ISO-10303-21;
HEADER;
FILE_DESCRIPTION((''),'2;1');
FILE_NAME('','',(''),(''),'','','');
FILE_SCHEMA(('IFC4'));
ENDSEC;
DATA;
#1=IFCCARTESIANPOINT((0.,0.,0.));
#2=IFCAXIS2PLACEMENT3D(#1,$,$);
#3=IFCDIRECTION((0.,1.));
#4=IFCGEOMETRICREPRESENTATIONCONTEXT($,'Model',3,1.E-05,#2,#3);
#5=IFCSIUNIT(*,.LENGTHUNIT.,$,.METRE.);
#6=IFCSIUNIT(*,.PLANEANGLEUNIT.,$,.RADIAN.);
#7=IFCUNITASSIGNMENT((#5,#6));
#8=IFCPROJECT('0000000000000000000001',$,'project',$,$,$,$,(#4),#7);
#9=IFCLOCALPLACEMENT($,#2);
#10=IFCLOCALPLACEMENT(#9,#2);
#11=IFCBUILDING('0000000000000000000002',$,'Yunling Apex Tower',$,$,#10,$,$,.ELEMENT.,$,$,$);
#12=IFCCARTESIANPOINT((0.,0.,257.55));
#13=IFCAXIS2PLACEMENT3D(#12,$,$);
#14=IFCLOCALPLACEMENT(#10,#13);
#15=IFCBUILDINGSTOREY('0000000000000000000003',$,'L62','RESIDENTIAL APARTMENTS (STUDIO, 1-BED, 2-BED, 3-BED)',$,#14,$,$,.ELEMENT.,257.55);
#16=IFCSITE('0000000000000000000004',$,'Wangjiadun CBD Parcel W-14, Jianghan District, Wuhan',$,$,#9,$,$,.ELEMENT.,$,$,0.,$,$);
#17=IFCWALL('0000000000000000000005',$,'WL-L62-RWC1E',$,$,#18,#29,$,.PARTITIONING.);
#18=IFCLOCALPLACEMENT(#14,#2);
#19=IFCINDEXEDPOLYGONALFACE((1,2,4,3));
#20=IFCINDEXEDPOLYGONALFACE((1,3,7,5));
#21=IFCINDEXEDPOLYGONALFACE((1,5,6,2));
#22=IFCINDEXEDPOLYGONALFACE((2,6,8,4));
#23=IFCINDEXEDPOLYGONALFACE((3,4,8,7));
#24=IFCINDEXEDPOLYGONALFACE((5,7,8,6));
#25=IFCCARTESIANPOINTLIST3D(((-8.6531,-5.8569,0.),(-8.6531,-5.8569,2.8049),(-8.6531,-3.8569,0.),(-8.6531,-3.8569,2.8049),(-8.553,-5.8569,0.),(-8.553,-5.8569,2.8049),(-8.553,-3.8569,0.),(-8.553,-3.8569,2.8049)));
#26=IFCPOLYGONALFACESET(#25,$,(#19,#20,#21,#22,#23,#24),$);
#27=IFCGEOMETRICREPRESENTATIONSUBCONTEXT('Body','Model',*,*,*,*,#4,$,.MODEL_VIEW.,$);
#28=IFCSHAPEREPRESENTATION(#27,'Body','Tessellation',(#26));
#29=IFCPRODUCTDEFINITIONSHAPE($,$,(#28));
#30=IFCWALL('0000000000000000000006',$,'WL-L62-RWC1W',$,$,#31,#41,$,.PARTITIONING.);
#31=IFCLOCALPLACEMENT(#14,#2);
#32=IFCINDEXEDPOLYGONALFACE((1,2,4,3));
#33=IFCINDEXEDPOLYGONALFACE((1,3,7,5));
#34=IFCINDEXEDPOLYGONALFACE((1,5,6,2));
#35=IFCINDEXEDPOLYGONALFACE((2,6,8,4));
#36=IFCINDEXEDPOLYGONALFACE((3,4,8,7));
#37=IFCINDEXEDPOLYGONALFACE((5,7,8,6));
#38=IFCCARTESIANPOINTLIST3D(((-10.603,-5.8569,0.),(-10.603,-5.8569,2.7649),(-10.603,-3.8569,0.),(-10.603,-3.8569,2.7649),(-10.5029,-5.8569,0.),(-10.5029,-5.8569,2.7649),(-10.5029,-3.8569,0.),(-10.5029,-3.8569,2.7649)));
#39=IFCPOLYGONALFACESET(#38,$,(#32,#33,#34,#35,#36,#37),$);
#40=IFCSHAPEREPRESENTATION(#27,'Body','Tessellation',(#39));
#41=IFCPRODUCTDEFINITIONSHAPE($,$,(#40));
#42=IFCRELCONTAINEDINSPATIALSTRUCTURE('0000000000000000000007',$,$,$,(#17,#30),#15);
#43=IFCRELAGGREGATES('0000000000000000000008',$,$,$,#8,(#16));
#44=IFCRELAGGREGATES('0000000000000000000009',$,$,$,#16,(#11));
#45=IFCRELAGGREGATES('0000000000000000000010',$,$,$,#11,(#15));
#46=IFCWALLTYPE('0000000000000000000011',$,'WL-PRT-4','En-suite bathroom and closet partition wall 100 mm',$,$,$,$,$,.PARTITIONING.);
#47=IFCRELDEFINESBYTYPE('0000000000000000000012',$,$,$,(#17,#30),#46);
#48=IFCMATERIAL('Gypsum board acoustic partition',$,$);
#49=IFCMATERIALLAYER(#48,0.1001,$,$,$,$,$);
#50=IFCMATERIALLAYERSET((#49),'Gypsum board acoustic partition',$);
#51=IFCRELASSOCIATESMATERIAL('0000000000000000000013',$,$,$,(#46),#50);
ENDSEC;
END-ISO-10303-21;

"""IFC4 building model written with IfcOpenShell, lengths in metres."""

from ifc_helpers import new_model, si_unit, direction, frame, frame_2d, origin, place, context, subcontext, project, spatial, rectangle, extrude, material, layer, layer_set, type_object, element, save


model = new_model("IFC4")

# Units and contexts
model_context = context("Model", 3, precision=1e-05, world=origin(), true_north=direction((0.0, 1.0)))
body_context = subcontext(model_context, "Body", "Model", "MODEL_VIEW")
ifc_project = project(units=[si_unit("LENGTHUNIT", "METRE"), si_unit("PLANEANGLEUNIT", "RADIAN")], contexts=[model_context])

# Site, building, storey
site_placement = place(None, origin())
site = spatial("IfcSite", under=ifc_project, at=site_placement, Name="Wangjiadun CBD Parcel W-14, Jianghan District, Wuhan", CompositionType="ELEMENT", RefElevation=0.0)
building_placement = place(site_placement, origin())
building = spatial("IfcBuilding", under=site, at=building_placement, Name="Yunling Apex Tower", CompositionType="ELEMENT")
storey_placement = place(building_placement, frame((0.0, 0.0, 257.55)))
storey = spatial("IfcBuildingStorey", under=building, at=storey_placement, Name="L62", Description="RESIDENTIAL APARTMENTS (STUDIO, 1-BED, 2-BED, 3-BED)", CompositionType="ELEMENT", Elevation=257.55)

# Shared definitions
ifc_material_1 = material(Name="Gypsum board acoustic partition")

# Shared definitions
ifc_layer_1 = layer(ifc_material_1, 0.1001)
ifc_layer_set_1 = layer_set([ifc_layer_1], Name="Gypsum board acoustic partition")
wall_type_1 = type_object("IfcWallType", Name="WL-PRT-4", Description="En-suite bathroom and closet partition wall 100 mm", PredefinedType="PARTITIONING", material=ifc_layer_set_1)

# Walls
wall_1_placement = place(storey_placement, frame((-8.603, -3.8569, 0.0), z_axis=(0.0, 0.0, 1.0), x_axis=(0.0, -1.0, 0.0)))
element("IfcWall", 1, at=wall_1_placement, inside=storey, type_object=wall_type_1, Name="WL-L62-RWC1E", PredefinedType="PARTITIONING", context=body_context, shape_type="SweptSolid", body=[
    extrude(rectangle(XDim=2.0, YDim=0.1001, at=frame_2d((1.0, 0.0))), origin(), (0.0, 0.0, 1.0), 2.8049),
])
wall_2_placement = place(storey_placement, frame((-10.553, -5.8569, 0.0), z_axis=(0.0, 0.0, 1.0), x_axis=(0.0, 1.0, 0.0)))
element("IfcWall", 2, at=wall_2_placement, inside=storey, type_object=wall_type_1, Name="WL-L62-RWC1W", PredefinedType="PARTITIONING", context=body_context, shape_type="SweptSolid", body=[
    extrude(rectangle(XDim=2.0, YDim=0.1001, at=frame_2d((1.0, 0.0))), origin(), (0.0, 0.0, 1.0), 2.7649),
])

save(model, "model.ifc")
